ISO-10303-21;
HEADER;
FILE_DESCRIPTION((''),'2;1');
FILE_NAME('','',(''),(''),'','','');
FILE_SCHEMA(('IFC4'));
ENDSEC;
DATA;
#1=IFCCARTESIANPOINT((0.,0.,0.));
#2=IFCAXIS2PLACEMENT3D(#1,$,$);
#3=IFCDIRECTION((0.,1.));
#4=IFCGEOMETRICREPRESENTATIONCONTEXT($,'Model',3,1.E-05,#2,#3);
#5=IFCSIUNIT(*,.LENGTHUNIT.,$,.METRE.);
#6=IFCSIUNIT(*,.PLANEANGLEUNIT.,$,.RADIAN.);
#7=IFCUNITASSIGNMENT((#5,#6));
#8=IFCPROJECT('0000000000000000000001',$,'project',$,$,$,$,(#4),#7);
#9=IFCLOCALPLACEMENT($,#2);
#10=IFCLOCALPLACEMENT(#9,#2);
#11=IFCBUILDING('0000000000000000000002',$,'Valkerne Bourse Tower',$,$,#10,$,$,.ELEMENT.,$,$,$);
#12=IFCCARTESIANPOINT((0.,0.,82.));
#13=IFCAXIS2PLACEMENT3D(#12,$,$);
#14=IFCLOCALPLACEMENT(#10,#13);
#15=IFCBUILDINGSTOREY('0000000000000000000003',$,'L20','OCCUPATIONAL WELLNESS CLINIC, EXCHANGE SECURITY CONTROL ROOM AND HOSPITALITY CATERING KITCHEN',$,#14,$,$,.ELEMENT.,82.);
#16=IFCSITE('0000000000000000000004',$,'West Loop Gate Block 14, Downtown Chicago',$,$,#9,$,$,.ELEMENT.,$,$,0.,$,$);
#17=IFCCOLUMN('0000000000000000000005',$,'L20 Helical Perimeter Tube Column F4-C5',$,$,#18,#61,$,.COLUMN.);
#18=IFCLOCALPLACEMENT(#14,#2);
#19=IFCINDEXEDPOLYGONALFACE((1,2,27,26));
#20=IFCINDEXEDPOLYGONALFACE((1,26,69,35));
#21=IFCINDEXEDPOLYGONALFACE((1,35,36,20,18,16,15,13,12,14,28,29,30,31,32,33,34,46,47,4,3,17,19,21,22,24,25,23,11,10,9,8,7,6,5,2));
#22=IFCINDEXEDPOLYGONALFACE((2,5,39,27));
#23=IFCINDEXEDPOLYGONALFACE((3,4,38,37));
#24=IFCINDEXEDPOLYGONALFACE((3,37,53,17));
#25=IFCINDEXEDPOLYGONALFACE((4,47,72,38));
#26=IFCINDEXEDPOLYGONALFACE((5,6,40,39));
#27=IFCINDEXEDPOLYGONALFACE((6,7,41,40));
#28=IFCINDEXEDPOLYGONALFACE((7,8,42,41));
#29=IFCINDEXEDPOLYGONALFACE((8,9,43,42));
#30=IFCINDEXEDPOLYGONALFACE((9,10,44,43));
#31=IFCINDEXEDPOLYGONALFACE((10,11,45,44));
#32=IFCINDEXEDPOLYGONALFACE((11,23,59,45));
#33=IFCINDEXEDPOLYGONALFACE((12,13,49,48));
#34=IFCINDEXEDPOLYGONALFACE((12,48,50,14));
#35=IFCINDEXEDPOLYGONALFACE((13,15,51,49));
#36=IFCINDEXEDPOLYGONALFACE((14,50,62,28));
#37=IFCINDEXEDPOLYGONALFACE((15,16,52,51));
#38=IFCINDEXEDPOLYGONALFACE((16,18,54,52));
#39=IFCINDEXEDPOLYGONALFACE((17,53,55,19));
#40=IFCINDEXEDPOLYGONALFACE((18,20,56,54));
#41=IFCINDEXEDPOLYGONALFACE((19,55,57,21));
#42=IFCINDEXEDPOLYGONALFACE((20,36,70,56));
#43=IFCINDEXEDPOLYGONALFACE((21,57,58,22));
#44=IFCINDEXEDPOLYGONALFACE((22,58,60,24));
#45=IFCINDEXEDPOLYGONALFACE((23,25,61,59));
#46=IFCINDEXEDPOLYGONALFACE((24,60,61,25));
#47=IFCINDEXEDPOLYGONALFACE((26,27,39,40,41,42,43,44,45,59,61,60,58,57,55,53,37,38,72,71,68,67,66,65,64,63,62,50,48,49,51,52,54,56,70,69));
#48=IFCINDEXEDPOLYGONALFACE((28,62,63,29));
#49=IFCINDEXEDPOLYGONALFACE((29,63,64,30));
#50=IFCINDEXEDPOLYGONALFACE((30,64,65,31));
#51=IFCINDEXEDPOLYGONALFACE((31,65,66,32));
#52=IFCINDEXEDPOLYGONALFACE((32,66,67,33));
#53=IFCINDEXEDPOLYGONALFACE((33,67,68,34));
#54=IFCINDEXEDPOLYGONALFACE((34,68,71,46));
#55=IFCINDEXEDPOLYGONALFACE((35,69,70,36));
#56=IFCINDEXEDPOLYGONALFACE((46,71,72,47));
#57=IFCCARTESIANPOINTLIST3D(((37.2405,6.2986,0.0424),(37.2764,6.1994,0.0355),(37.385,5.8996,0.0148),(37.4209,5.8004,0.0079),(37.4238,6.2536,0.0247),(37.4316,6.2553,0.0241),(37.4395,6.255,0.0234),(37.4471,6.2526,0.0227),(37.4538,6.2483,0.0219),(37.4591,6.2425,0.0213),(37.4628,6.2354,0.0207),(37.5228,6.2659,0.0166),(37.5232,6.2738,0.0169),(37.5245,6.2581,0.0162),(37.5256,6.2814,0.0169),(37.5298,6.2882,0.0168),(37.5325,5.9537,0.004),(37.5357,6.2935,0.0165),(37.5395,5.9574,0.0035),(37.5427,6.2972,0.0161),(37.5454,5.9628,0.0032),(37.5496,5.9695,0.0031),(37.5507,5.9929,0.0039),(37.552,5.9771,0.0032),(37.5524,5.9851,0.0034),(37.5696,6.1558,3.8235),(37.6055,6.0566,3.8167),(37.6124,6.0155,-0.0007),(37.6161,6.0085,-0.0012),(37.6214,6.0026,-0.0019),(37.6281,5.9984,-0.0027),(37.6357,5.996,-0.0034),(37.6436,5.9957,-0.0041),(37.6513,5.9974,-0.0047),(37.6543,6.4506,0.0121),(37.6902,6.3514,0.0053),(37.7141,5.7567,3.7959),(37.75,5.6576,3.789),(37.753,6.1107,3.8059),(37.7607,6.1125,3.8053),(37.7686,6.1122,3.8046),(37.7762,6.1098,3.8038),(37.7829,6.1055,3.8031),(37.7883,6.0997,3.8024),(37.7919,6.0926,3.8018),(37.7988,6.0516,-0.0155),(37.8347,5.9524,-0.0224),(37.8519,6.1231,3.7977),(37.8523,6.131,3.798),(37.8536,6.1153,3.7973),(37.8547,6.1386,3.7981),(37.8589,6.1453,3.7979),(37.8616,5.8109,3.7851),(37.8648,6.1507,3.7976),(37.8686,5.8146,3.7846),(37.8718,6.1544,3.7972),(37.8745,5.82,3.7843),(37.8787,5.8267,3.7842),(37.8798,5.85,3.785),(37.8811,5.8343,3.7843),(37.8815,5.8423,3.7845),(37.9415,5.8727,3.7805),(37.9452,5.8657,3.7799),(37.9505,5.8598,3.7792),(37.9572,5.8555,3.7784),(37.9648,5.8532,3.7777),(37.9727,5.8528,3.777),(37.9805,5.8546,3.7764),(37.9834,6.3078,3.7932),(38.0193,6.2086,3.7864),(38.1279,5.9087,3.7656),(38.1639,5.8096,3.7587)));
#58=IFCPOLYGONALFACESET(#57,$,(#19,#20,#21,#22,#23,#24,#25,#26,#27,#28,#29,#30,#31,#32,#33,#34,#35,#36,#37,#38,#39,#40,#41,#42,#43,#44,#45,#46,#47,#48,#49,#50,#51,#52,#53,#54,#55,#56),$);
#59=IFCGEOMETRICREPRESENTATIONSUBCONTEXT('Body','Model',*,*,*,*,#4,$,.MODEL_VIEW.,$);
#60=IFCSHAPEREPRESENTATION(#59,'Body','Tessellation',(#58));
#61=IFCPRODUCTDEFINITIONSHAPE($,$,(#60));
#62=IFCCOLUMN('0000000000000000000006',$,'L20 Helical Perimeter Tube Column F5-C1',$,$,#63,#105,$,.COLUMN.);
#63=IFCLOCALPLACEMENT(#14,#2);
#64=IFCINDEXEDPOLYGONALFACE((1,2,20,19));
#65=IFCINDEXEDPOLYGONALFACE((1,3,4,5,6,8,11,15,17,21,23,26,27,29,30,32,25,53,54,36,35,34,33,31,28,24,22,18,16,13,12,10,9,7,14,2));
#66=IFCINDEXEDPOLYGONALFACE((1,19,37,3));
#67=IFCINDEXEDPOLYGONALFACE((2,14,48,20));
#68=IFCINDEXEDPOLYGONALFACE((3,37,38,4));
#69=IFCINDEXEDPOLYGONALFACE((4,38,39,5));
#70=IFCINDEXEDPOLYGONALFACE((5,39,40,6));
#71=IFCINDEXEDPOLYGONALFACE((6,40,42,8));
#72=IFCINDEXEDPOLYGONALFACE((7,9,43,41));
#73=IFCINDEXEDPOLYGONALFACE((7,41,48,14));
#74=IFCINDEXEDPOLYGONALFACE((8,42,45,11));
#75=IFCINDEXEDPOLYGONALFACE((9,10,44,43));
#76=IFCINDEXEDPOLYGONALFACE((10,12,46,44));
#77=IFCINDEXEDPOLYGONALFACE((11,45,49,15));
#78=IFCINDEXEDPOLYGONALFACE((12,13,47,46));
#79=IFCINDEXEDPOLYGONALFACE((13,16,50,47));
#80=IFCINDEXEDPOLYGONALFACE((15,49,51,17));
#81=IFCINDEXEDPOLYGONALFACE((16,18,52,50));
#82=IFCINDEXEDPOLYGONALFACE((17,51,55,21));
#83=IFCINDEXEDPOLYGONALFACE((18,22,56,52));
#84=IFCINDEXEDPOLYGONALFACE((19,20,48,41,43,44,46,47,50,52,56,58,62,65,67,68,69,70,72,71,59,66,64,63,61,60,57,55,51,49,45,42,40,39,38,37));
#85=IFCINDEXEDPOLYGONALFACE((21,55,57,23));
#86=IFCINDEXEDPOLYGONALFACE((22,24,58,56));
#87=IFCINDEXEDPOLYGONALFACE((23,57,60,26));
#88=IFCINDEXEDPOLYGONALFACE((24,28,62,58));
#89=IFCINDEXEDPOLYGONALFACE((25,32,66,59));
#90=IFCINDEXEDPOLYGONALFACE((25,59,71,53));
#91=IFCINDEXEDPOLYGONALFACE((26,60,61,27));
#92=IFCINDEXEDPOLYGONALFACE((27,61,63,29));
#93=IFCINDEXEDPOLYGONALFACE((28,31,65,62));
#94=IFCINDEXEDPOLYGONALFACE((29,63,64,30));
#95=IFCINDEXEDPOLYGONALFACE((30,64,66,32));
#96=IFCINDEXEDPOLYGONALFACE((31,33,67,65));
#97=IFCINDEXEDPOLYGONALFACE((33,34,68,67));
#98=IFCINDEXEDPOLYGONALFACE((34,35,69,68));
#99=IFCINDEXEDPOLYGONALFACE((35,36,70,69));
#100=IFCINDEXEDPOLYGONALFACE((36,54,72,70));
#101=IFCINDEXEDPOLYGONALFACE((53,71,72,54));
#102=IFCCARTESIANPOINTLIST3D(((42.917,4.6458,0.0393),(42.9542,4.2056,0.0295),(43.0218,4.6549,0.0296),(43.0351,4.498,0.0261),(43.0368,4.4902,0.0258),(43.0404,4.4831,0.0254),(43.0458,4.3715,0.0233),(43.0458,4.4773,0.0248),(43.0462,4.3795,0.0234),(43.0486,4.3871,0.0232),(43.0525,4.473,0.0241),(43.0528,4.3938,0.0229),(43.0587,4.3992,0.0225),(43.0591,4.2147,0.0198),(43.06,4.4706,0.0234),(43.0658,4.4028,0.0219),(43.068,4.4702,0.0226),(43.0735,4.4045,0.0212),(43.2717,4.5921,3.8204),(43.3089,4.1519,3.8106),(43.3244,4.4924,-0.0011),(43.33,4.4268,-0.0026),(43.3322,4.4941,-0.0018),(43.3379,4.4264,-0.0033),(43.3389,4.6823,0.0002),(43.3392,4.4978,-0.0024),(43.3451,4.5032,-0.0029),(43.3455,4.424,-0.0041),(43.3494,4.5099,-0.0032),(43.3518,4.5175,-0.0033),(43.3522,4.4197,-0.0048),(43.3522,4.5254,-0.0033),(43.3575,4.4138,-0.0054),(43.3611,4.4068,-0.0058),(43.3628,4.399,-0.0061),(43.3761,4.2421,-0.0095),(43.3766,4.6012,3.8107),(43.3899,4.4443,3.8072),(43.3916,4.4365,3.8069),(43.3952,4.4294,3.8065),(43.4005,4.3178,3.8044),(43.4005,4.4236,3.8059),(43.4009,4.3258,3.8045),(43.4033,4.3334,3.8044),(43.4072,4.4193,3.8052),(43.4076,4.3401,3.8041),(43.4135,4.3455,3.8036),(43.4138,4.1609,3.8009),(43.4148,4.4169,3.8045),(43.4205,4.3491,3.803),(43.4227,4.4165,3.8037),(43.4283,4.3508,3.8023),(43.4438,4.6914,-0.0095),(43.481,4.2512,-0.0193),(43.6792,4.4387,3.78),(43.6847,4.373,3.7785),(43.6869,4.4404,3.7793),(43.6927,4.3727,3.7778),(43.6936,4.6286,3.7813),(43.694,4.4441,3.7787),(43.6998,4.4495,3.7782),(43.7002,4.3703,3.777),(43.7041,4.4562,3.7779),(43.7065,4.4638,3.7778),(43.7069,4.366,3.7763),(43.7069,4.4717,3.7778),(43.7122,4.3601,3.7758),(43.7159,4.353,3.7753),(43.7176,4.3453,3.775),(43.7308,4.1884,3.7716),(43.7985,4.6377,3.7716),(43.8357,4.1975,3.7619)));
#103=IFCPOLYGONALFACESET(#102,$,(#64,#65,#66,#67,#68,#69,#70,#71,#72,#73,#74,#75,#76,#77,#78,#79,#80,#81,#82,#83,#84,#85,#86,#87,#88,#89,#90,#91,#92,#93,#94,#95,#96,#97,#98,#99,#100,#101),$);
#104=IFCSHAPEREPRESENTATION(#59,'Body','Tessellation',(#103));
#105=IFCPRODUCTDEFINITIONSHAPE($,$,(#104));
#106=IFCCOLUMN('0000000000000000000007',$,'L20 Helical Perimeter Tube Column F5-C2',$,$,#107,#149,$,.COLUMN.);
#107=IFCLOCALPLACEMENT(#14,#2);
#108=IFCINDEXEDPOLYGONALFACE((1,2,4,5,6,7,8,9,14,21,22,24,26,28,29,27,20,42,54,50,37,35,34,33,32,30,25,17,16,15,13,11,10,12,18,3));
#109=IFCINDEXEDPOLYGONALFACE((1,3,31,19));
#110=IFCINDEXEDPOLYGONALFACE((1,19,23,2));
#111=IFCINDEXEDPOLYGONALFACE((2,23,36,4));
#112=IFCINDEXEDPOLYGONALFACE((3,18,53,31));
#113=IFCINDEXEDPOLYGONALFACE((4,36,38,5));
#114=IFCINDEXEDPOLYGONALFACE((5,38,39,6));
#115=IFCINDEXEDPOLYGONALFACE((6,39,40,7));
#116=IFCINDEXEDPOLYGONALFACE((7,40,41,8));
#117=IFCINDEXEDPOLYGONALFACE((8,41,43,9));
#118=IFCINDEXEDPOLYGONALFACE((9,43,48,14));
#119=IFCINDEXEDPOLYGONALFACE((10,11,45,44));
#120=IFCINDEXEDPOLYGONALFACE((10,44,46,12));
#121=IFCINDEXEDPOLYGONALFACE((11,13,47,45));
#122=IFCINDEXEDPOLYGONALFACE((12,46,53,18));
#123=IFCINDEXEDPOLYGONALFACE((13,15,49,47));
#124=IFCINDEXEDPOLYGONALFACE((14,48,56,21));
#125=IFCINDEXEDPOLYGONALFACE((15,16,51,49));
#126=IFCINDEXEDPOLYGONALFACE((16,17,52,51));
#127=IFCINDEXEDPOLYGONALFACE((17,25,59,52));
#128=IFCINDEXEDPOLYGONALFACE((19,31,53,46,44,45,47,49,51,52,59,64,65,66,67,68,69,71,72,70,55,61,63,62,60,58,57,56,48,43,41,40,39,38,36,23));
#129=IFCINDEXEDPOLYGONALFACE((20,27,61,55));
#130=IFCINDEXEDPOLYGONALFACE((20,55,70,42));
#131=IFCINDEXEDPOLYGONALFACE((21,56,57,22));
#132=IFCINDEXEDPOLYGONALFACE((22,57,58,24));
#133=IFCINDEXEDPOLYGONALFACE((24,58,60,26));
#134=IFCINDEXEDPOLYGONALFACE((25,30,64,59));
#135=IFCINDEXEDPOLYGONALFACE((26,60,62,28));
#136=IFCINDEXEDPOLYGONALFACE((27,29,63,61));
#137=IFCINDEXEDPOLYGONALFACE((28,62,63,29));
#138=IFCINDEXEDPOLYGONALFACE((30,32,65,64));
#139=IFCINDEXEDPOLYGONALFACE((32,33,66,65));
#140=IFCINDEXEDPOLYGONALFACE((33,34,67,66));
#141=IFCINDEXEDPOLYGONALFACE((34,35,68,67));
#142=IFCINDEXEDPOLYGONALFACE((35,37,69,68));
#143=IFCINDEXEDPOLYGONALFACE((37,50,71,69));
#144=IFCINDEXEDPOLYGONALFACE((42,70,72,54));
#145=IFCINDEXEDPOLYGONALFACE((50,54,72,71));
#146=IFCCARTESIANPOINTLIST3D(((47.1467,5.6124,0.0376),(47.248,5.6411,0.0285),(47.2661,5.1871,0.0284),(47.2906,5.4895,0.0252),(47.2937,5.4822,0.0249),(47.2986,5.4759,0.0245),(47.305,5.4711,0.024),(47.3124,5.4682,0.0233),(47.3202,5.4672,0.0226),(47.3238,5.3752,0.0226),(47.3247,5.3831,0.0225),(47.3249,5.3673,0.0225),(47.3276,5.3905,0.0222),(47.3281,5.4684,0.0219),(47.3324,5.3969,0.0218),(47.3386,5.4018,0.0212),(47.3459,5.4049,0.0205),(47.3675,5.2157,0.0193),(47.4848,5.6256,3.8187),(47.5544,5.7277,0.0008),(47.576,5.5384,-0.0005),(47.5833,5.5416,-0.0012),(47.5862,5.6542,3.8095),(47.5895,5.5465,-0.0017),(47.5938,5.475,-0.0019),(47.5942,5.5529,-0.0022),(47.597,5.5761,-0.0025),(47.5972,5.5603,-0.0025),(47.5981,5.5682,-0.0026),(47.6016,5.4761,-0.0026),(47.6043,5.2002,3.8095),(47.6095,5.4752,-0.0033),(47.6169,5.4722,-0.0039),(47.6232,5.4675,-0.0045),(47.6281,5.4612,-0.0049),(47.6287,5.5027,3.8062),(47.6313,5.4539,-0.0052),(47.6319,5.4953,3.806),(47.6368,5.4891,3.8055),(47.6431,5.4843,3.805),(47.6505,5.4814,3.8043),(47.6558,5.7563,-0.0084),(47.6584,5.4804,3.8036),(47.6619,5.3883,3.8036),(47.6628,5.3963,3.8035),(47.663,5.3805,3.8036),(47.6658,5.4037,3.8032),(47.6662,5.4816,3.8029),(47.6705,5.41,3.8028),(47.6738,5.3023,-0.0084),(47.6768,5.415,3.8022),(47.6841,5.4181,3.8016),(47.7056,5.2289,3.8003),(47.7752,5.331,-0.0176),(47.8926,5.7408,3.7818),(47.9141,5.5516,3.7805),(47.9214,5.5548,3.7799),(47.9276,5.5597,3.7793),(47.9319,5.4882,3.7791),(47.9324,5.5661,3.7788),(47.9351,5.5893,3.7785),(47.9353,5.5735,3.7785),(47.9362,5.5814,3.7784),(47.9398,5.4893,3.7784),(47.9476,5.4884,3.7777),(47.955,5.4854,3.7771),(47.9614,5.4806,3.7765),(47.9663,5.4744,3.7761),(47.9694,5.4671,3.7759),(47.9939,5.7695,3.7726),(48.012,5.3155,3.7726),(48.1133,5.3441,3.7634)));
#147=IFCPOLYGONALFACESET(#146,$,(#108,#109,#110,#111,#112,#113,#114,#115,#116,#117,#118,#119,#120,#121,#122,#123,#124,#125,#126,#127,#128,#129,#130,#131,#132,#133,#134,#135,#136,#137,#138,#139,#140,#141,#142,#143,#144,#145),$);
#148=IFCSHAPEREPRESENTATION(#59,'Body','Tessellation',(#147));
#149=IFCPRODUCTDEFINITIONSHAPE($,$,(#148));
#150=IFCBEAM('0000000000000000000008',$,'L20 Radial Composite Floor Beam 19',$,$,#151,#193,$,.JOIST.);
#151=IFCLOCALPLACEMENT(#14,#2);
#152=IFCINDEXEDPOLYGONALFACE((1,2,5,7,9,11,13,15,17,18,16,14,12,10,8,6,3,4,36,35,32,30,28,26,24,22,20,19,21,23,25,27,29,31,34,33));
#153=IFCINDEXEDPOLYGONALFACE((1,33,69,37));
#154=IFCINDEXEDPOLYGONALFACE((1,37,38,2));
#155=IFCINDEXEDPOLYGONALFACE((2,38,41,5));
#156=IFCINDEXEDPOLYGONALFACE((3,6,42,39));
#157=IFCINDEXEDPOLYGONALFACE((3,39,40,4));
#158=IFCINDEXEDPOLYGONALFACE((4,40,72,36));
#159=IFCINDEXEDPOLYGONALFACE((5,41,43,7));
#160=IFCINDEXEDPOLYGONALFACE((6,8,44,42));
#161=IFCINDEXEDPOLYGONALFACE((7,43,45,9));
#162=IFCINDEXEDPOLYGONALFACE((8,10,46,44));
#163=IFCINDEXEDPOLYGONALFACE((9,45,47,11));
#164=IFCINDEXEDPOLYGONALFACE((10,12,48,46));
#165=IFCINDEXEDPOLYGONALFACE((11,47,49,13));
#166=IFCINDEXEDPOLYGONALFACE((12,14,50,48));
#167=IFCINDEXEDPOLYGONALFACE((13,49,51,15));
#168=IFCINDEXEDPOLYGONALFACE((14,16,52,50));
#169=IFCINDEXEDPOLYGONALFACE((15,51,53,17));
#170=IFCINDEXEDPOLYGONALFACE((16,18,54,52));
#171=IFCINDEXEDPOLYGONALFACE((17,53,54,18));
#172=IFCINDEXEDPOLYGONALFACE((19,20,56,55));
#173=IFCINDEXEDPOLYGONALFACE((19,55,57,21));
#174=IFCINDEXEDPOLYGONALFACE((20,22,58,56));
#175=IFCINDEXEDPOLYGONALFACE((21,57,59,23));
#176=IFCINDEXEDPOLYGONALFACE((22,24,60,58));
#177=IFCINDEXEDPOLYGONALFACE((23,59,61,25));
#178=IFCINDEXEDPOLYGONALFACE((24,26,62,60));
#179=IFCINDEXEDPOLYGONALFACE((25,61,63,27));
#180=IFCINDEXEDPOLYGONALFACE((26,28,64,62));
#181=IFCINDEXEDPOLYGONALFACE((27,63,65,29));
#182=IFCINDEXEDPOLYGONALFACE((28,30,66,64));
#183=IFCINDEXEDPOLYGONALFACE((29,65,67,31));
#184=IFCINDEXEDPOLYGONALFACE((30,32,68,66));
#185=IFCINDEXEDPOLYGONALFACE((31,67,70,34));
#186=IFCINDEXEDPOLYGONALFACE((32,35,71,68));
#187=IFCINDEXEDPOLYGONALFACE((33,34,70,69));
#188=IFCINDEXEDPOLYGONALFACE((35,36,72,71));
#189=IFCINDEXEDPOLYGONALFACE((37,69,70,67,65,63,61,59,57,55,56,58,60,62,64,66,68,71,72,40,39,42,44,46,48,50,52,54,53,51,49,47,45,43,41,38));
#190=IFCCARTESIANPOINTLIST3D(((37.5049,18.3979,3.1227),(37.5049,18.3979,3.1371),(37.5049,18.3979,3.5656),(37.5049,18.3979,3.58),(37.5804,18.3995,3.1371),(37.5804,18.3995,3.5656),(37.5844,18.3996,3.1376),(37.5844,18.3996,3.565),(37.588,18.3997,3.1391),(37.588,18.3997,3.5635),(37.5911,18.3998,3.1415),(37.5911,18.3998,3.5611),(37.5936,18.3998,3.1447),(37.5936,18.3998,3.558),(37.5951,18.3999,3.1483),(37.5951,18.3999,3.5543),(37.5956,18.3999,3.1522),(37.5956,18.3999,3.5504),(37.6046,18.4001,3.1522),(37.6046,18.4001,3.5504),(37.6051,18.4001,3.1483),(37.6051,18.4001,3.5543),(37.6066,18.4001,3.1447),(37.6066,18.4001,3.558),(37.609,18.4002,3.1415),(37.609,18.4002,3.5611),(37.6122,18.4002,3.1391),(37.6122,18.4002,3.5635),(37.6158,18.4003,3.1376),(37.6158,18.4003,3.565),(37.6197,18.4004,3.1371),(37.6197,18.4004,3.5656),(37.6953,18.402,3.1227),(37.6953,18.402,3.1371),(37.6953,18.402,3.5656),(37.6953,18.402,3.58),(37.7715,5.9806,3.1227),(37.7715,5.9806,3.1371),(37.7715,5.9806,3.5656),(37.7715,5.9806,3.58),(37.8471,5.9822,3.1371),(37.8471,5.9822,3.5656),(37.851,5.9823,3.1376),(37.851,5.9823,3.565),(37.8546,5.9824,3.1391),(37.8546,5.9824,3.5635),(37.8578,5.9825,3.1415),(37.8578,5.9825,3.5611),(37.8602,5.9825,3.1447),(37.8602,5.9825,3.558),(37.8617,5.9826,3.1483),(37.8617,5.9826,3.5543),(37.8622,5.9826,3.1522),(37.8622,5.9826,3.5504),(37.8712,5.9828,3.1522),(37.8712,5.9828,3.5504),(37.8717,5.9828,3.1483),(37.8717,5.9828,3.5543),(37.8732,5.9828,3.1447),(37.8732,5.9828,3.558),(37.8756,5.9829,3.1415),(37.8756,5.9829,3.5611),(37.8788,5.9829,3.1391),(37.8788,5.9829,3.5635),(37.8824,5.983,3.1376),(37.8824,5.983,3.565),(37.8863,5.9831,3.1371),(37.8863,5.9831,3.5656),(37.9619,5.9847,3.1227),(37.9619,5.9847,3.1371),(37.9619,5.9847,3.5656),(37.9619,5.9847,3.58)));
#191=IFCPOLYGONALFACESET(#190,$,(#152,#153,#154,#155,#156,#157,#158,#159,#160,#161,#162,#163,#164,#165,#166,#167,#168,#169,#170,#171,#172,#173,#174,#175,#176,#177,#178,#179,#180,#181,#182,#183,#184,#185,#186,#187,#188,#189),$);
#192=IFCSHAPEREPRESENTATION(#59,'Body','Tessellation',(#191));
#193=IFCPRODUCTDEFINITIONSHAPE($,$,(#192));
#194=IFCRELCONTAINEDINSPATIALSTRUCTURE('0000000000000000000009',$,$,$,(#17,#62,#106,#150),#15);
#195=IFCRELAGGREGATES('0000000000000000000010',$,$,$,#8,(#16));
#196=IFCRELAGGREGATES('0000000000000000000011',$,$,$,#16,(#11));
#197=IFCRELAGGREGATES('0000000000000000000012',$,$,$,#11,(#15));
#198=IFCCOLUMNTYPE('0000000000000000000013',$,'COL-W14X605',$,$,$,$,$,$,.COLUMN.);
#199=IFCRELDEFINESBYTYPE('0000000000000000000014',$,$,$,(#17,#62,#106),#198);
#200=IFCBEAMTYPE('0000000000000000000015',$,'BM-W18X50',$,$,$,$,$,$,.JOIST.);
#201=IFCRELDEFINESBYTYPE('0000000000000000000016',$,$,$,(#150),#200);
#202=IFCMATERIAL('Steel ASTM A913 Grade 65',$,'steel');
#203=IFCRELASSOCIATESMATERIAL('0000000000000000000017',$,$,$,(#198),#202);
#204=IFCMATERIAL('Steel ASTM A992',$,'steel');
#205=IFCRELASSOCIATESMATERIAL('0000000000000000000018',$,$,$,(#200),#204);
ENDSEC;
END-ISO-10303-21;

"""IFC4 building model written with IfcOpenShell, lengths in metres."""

from ifc_helpers import new_model, si_unit, direction, frame, origin, origin_2d, place, context, subcontext, project, spatial, i_section, extrude, material, material_profile, profile_set, type_object, element, save


model = new_model("IFC4")

# Units and contexts
model_context = context("Model", 3, precision=1e-05, world=origin(), true_north=direction((0.0, 1.0)))
body_context = subcontext(model_context, "Body", "Model", "MODEL_VIEW")
ifc_project = project(units=[si_unit("LENGTHUNIT", "METRE"), si_unit("PLANEANGLEUNIT", "RADIAN")], contexts=[model_context])

# Site, building, storey
site_placement = place(None, origin())
site = spatial("IfcSite", under=ifc_project, at=site_placement, Name="West Loop Gate Block 14, Downtown Chicago", CompositionType="ELEMENT", RefElevation=0.0)
building_placement = place(site_placement, origin())
building = spatial("IfcBuilding", under=site, at=building_placement, Name="Valkerne Bourse Tower", CompositionType="ELEMENT")
storey_placement = place(building_placement, frame((0.0, 0.0, 82.0)))
storey = spatial("IfcBuildingStorey", under=building, at=storey_placement, Name="L20", Description="OCCUPATIONAL WELLNESS CLINIC, EXCHANGE SECURITY CONTROL ROOM AND HOSPITALITY CATERING KITCHEN", CompositionType="ELEMENT", Elevation=82.0)

# Columns
ifc_material_1 = material(Name="Steel ASTM A913 Grade 65", Category="steel")
ifc_material_profile_1 = material_profile(ifc_material_1, i_section(OverallWidth=0.4419, OverallDepth=0.531, WebThickness=0.0659, FlangeThickness=0.1057, FilletRadius=0.0305, at=origin_2d()), Name="W14X605")
ifc_profile_set_1 = profile_set([ifc_material_profile_1], Name="Steel ASTM A913 Grade 65")
column_type = type_object("IfcColumnType", Name="COL-W14X605", PredefinedType="COLUMN", material=ifc_profile_set_1)
for number, where, z_axis, x_axis, name in (
    (1, (37.5376, 6.1255, 0.01), (0.086652, -0.037605, 0.995529), (0.936477, 0.343972, -0.068519), "L20 Helical Perimeter Tube Column F4-C5"),
    (2, (43.199, 4.4485, 0.01), (0.093401, -0.014142, 0.995528), (-0.084214, 0.996204, 0.022053), "L20 Helical Perimeter Tube Column F5-C1"),
):
    element("IfcColumn", number, at=place(storey_placement, frame(where, z_axis=z_axis, x_axis=x_axis)), inside=storey, type_object=column_type, Name=name, PredefinedType="COLUMN", context=body_context, shape_type="SweptSolid", body=[
        extrude(i_section(OverallWidth=0.4419, OverallDepth=0.531, WebThickness=0.0659, FlangeThickness=0.1057, FilletRadius=0.0305, at=origin_2d()), origin(), (0.0, 0.0, 1.0), 3.7981),
    ])
column_placement = place(storey_placement, frame((47.4609, 5.4717, 0.01), z_axis=(0.089074, 0.003473, 0.996019), x_axis=(-0.270223, 0.962573, 0.02081)))
element("IfcColumn", 3, at=column_placement, inside=storey, type_object=column_type, Name="L20 Helical Perimeter Tube Column F5-C2", PredefinedType="COLUMN", context=body_context, shape_type="SweptSolid", body=[
    extrude(i_section(OverallWidth=0.4419, OverallDepth=0.531, WebThickness=0.0659, FlangeThickness=0.1057, FilletRadius=0.0305, at=origin_2d()), origin(), (0.0, 0.0, 1.0), 3.7961),
])

# Beam
ifc_material_2 = material(Name="Steel ASTM A992", Category="steel")
ifc_material_profile_2 = material_profile(ifc_material_2, i_section(OverallWidth=0.1904, OverallDepth=0.4573, WebThickness=0.009, FlangeThickness=0.0144, FilletRadius=0.0151, at=origin_2d()), Name="W18X50")
ifc_profile_set_2 = profile_set([ifc_material_profile_2], Name="Steel ASTM A992")
beam_type_1 = type_object("IfcBeamType", Name="BM-W18X50", PredefinedType="JOIST", material=ifc_profile_set_2)
beam_1_placement = place(storey_placement, frame((37.8667, 5.9827, 3.3513), z_axis=(-0.021465, 0.99977, 0.0), x_axis=(-0.99977, -0.021465, 0.0)))
element("IfcBeam", 4, at=beam_1_placement, inside=storey, type_object=beam_type_1, Name="L20 Radial Composite Floor Beam 19", PredefinedType="JOIST", context=body_context, shape_type="SweptSolid", body=[
    extrude(i_section(OverallWidth=0.1904, OverallDepth=0.4573, WebThickness=0.009, FlangeThickness=0.0144, FilletRadius=0.0151, at=origin_2d()), origin(), (0.0, 0.0, 1.0), 12.4202),
])

save(model, "model.ifc")
